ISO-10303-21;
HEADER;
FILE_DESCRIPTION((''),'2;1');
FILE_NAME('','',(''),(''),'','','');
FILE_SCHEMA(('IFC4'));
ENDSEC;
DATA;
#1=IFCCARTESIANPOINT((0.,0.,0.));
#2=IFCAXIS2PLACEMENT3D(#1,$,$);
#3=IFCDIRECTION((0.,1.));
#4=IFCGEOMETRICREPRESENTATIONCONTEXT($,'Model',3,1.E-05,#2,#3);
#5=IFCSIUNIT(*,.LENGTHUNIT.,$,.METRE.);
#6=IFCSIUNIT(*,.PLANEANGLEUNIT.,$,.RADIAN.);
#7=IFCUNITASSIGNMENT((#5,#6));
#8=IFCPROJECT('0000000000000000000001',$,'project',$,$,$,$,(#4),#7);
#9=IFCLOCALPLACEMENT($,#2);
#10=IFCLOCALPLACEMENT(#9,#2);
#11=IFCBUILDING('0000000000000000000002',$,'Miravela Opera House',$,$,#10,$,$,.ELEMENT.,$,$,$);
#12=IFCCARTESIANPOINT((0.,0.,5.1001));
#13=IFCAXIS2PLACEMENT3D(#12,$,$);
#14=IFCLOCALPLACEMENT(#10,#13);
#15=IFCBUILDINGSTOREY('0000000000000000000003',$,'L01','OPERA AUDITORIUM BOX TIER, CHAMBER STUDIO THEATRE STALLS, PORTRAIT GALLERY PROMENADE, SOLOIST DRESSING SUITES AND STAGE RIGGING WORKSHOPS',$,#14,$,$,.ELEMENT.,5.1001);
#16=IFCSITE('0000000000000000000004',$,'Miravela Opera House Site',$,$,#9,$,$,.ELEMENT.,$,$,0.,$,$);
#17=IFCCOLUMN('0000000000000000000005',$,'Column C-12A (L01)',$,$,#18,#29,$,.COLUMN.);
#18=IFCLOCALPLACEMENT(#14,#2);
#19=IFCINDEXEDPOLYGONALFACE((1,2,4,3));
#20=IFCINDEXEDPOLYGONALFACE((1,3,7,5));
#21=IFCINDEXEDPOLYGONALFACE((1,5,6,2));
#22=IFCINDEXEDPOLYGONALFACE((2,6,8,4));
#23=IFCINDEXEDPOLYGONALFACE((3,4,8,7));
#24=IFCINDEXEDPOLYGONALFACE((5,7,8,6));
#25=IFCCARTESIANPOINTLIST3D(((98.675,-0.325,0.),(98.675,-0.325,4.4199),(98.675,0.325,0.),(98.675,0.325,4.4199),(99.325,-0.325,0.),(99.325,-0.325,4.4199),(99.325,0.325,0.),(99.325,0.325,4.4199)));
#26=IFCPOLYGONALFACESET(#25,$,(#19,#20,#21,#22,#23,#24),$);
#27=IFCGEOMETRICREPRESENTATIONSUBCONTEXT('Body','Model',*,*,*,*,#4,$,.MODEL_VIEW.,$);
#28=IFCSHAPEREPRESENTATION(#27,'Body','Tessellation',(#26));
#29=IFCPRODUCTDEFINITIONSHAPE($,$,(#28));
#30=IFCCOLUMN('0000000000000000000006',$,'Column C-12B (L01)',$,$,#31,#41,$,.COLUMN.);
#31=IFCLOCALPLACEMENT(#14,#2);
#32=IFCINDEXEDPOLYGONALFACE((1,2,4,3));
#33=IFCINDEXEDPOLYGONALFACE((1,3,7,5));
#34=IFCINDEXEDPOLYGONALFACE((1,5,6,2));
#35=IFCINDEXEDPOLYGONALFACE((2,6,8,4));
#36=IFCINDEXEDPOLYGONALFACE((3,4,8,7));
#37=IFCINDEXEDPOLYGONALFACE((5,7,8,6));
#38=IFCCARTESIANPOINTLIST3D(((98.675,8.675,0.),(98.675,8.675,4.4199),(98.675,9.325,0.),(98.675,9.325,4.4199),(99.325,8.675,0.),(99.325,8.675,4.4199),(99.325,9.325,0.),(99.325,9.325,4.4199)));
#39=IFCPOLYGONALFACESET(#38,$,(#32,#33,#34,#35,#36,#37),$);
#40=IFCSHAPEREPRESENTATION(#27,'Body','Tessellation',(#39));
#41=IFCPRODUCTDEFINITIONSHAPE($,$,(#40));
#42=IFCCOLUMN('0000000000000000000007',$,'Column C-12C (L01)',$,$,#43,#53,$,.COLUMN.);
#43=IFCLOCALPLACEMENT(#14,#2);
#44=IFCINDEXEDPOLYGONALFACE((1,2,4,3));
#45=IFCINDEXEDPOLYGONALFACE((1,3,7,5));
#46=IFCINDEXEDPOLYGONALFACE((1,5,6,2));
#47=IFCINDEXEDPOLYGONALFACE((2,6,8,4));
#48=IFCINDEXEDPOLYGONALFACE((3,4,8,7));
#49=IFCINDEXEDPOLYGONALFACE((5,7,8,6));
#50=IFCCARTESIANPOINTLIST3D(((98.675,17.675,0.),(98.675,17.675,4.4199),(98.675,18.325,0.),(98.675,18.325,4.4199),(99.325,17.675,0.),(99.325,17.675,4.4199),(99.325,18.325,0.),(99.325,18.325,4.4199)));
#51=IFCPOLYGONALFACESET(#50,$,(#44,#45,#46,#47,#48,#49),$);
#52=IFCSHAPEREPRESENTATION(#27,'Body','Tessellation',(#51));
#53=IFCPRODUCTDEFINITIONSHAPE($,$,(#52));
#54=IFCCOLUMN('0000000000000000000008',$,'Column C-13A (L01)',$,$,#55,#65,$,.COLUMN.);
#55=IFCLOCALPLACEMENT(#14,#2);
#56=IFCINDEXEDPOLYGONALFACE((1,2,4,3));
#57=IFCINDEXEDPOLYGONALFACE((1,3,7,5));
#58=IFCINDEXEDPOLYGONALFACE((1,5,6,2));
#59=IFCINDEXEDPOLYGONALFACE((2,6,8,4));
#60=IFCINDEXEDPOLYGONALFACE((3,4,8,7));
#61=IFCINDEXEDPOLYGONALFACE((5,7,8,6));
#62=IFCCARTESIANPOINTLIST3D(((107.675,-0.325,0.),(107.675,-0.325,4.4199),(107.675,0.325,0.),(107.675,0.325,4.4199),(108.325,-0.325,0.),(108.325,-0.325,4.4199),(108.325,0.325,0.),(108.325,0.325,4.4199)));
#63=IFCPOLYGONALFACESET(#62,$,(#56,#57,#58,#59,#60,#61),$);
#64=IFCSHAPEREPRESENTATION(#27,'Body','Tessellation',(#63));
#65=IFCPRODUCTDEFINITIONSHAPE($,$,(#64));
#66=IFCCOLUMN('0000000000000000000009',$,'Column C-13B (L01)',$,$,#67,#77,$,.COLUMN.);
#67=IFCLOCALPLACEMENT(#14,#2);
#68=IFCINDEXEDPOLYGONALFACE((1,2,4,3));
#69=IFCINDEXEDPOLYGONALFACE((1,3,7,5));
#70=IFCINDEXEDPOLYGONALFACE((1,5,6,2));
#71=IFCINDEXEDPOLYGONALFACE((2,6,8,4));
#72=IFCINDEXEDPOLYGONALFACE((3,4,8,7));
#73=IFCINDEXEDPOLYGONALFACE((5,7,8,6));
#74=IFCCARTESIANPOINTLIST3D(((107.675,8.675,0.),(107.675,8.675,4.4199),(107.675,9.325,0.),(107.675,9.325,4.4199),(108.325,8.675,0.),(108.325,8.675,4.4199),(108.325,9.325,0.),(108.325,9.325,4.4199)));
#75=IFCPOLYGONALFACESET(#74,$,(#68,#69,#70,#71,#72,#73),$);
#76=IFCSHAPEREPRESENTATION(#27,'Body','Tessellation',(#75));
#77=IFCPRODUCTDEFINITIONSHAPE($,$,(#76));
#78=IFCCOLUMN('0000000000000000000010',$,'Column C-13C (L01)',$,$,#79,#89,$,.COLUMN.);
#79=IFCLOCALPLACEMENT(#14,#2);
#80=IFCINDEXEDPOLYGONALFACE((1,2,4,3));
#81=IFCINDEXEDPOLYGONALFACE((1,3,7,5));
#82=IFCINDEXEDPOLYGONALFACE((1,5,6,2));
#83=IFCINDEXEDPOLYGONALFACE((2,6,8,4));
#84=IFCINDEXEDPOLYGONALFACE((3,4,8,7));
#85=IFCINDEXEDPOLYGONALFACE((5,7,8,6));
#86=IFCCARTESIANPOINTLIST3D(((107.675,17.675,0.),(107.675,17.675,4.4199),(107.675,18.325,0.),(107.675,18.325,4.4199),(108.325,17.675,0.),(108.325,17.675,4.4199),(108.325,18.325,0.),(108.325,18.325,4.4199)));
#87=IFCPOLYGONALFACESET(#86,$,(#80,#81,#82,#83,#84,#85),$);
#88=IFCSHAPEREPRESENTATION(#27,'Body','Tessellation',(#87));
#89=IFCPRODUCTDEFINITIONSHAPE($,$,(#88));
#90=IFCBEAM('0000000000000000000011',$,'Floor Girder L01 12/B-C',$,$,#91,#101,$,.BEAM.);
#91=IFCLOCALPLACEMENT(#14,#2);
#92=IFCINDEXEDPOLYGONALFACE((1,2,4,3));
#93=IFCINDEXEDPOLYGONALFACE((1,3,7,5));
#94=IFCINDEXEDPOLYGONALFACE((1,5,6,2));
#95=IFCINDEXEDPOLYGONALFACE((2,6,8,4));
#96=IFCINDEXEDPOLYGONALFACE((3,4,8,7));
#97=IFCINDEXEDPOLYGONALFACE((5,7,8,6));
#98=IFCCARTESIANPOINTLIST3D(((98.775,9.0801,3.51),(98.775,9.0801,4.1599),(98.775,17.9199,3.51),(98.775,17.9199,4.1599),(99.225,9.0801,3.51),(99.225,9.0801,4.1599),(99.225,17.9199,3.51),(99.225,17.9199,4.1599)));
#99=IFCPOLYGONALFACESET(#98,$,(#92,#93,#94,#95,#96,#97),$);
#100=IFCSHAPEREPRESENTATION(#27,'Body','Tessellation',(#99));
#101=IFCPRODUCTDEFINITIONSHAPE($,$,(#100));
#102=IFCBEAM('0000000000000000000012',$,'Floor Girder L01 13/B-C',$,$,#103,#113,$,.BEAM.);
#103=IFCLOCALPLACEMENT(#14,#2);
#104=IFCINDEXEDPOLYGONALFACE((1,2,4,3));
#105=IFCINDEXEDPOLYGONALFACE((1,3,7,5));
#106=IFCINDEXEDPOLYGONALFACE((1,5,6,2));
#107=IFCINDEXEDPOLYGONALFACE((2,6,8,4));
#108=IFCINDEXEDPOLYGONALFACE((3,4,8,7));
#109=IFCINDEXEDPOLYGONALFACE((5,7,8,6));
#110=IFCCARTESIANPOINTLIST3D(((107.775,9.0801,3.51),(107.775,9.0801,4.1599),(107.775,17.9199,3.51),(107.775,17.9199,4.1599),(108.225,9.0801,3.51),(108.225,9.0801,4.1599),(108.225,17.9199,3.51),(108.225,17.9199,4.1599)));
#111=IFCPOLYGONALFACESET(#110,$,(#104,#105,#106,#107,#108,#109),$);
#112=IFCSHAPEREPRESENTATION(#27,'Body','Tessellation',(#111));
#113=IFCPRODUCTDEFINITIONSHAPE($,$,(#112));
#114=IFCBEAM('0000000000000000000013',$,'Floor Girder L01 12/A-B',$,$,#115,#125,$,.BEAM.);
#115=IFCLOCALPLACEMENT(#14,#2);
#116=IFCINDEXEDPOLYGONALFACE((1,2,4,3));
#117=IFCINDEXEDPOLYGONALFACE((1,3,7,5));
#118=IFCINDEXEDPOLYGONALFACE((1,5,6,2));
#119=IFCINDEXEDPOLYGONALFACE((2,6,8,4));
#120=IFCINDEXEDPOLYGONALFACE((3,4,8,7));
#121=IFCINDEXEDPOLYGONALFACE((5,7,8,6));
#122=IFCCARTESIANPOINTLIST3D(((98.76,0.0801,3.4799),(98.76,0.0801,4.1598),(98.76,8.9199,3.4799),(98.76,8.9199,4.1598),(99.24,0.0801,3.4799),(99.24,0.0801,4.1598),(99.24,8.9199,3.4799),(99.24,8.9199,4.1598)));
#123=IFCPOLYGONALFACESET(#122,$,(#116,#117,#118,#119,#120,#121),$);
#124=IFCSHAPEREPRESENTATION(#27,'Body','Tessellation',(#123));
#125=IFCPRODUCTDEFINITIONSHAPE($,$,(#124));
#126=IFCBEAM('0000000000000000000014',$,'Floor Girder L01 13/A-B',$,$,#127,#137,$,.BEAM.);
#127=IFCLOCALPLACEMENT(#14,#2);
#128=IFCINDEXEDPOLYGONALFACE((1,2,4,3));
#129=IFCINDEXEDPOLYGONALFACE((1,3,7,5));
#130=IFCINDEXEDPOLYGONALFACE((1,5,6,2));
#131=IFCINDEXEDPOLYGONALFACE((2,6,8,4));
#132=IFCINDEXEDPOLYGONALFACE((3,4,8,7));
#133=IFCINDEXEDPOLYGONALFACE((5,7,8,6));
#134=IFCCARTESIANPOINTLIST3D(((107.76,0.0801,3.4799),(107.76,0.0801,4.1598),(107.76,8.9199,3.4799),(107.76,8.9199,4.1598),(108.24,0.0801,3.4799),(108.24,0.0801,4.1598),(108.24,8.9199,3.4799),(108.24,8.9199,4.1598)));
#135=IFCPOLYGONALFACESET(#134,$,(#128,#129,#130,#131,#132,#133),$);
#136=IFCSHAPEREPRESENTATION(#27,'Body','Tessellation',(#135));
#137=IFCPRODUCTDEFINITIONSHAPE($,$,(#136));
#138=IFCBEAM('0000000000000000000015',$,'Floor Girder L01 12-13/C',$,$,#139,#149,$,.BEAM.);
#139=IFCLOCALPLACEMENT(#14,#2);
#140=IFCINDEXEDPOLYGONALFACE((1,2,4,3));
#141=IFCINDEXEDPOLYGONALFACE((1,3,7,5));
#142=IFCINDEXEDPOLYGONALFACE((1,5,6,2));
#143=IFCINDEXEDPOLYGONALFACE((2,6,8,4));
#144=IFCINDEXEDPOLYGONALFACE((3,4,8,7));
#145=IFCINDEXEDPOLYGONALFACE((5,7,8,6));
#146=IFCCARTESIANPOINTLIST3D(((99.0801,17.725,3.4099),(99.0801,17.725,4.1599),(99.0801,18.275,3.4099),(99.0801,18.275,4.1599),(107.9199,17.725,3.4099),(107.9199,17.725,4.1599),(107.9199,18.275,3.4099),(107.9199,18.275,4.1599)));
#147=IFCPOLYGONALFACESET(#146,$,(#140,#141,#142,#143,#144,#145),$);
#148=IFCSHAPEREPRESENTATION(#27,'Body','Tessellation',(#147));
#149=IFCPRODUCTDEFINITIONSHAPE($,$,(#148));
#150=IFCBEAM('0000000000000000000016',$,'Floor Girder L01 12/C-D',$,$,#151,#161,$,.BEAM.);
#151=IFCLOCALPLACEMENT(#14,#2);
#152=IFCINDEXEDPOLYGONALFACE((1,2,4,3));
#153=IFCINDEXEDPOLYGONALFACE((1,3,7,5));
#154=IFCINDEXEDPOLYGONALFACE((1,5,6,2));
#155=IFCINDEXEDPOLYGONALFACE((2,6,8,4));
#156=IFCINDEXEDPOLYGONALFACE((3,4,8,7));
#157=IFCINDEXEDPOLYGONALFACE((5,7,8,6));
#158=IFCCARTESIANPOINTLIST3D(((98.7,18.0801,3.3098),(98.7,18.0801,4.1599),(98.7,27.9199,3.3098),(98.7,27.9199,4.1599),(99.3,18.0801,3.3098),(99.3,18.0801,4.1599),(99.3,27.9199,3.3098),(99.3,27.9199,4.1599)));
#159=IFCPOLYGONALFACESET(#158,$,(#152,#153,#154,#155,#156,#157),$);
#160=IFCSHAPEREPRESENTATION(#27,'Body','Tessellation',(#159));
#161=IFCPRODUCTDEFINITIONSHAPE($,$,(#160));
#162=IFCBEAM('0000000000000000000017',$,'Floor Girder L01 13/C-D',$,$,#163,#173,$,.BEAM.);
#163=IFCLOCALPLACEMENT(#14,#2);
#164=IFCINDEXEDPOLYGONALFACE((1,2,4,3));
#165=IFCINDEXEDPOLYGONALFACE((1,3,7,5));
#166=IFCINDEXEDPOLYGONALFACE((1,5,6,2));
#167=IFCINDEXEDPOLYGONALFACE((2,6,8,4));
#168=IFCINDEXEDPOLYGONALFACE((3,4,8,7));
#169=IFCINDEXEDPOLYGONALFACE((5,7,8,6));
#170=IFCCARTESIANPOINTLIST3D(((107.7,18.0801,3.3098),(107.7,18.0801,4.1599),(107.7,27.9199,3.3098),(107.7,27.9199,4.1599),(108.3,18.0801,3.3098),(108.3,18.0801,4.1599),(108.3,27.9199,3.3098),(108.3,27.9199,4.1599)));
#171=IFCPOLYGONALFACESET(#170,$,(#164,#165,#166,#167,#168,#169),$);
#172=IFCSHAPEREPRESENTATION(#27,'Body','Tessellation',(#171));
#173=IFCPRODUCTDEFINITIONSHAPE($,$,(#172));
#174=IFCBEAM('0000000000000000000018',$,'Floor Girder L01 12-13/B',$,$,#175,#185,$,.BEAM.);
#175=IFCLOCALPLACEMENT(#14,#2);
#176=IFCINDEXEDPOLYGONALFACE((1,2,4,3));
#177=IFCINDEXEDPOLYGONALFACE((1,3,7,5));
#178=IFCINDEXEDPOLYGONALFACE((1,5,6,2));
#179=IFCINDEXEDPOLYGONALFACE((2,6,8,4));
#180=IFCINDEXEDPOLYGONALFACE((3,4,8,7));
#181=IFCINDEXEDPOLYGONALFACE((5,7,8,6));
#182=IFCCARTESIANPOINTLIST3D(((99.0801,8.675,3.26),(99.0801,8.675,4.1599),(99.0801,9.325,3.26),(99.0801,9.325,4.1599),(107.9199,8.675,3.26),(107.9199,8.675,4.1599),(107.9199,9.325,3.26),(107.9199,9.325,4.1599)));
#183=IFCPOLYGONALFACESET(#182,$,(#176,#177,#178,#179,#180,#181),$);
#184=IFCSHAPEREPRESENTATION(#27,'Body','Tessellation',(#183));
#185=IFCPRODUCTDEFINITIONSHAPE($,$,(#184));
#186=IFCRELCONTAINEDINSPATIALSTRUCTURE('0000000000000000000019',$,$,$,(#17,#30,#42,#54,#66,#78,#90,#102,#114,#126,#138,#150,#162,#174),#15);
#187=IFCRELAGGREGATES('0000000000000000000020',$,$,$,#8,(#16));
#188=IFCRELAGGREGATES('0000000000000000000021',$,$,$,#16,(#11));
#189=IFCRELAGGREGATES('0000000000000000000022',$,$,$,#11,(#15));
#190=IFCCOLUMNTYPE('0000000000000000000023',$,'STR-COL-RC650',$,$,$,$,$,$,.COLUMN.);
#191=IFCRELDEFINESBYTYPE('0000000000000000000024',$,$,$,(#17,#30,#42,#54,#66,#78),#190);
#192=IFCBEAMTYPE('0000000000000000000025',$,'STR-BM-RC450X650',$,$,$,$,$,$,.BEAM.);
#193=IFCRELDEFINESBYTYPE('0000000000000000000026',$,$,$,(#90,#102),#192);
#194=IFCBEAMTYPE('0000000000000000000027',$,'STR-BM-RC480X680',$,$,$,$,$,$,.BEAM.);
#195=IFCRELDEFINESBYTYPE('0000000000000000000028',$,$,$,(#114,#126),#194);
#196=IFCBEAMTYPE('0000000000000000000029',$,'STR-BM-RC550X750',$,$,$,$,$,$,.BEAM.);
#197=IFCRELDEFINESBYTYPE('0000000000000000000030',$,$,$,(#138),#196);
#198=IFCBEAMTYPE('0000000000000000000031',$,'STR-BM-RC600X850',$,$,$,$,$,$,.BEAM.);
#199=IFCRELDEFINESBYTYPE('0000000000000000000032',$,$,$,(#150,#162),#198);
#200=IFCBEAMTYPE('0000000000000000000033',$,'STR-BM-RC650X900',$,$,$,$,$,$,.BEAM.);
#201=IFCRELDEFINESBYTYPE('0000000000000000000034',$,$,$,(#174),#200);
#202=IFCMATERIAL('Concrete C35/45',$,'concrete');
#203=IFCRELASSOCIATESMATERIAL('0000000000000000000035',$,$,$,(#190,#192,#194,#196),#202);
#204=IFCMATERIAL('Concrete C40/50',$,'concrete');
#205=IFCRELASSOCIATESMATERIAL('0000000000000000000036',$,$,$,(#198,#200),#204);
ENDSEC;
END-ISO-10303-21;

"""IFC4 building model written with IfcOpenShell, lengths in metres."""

from ifc_helpers import new_model, si_unit, direction, frame, origin, origin_2d, place, context, subcontext, project, spatial, rectangle, extrude, material, material_profile, profile_set, type_object, element, save


model = new_model("IFC4")

# Units and contexts
model_context = context("Model", 3, precision=1e-05, world=origin(), true_north=direction((0.0, 1.0)))
body_context = subcontext(model_context, "Body", "Model", "MODEL_VIEW")
ifc_project = project(units=[si_unit("LENGTHUNIT", "METRE"), si_unit("PLANEANGLEUNIT", "RADIAN")], contexts=[model_context])

# Site, building, storey
site_placement = place(None, origin())
site = spatial("IfcSite", under=ifc_project, at=site_placement, Name="Miravela Opera House Site", CompositionType="ELEMENT", RefElevation=0.0)
building_placement = place(site_placement, origin())
building = spatial("IfcBuilding", under=site, at=building_placement, Name="Miravela Opera House", CompositionType="ELEMENT")
storey_placement = place(building_placement, frame((0.0, 0.0, 5.1001)))
storey = spatial("IfcBuildingStorey", under=building, at=storey_placement, Name="L01", Description="OPERA AUDITORIUM BOX TIER, CHAMBER STUDIO THEATRE STALLS, PORTRAIT GALLERY PROMENADE, SOLOIST DRESSING SUITES AND STAGE RIGGING WORKSHOPS", CompositionType="ELEMENT", Elevation=5.1001)

# Columns
ifc_material_1 = material(Name="Concrete C35/45", Category="concrete")
ifc_material_profile_1 = material_profile(ifc_material_1, rectangle(XDim=0.6499, YDim=0.6499, at=origin_2d()), Name="RC-COL-650X650")
ifc_profile_set_1 = profile_set([ifc_material_profile_1])
column_type = type_object("IfcColumnType", Name="STR-COL-RC650", PredefinedType="COLUMN", material=ifc_profile_set_1)
for number, where, z_axis, x_axis, name in (
    (1, (99.0, 0.0, 0.0), (0.0, 0.0, 1.0), (1.0, 0.0, 0.0), "Column C-12A (L01)"),
    (2, (99.0, 9.0, 0.0), (0.0, 0.0, 1.0), (1.0, 0.0, 0.0), "Column C-12B (L01)"),
    (3, (99.0, 18.0, 0.0), (0.0, 0.0, 1.0), (1.0, 0.0, 0.0), "Column C-12C (L01)"),
    (4, (108.0, 0.0, 0.0), (0.0, 0.0, 1.0), (1.0, 0.0, 0.0), "Column C-13A (L01)"),
    (5, (108.0, 9.0, 0.0), (0.0, 0.0, 1.0), (1.0, 0.0, 0.0), "Column C-13B (L01)"),
    (6, (108.0, 18.0, 0.0), (0.0, 0.0, 1.0), (1.0, 0.0, 0.0), "Column C-13C (L01)"),
):
    element("IfcColumn", number, at=place(storey_placement, frame(where, z_axis=z_axis, x_axis=x_axis)), inside=storey, type_object=column_type, Name=name, PredefinedType="COLUMN", context=body_context, shape_type="SweptSolid", body=[
        extrude(rectangle(XDim=0.6499, YDim=0.6499, at=origin_2d()), origin(), (0.0, 0.0, 1.0), 4.4199),
    ])

# Beams
ifc_material_profile_2 = material_profile(ifc_material_1, rectangle(XDim=0.45, YDim=0.6499, at=origin_2d()), Name="RC-BM-450X650")
ifc_profile_set_2 = profile_set([ifc_material_profile_2])
beam_type_1 = type_object("IfcBeamType", Name="STR-BM-RC450X650", PredefinedType="BEAM", material=ifc_profile_set_2)
for number, where, z_axis, x_axis, name in (
    (7, (99.0, 9.0801, 3.835), (0.0, 1.0, 0.0), (-1.0, 0.0, 0.0), "Floor Girder L01 12/B-C"),
    (8, (108.0, 9.0801, 3.835), (0.0, 1.0, 0.0), (-1.0, 0.0, 0.0), "Floor Girder L01 13/B-C"),
):
    element("IfcBeam", number, at=place(storey_placement, frame(where, z_axis=z_axis, x_axis=x_axis)), inside=storey, type_object=beam_type_1, Name=name, PredefinedType="BEAM", context=body_context, shape_type="SweptSolid", body=[
        extrude(rectangle(XDim=0.45, YDim=0.6499, at=origin_2d()), origin(), (0.0, 0.0, 1.0), 8.8398),
    ])
ifc_material_profile_3 = material_profile(ifc_material_1, rectangle(XDim=0.48, YDim=0.6799, at=origin_2d()), Name="RC-BM-480X680")
ifc_profile_set_3 = profile_set([ifc_material_profile_3])
beam_type_2 = type_object("IfcBeamType", Name="STR-BM-RC480X680", PredefinedType="BEAM", material=ifc_profile_set_3)
for number, where, z_axis, x_axis, name in (
    (9, (99.0, 0.0801, 3.8198), (0.0, 1.0, 0.0), (-1.0, 0.0, 0.0), "Floor Girder L01 12/A-B"),
    (10, (108.0, 0.0801, 3.8198), (0.0, 1.0, 0.0), (-1.0, 0.0, 0.0), "Floor Girder L01 13/A-B"),
):
    element("IfcBeam", number, at=place(storey_placement, frame(where, z_axis=z_axis, x_axis=x_axis)), inside=storey, type_object=beam_type_2, Name=name, PredefinedType="BEAM", context=body_context, shape_type="SweptSolid", body=[
        extrude(rectangle(XDim=0.48, YDim=0.6799, at=origin_2d()), origin(), (0.0, 0.0, 1.0), 8.8398),
    ])
ifc_material_profile_4 = material_profile(ifc_material_1, rectangle(XDim=0.55, YDim=0.75, at=origin_2d()), Name="RC-BM-550X750")
ifc_profile_set_4 = profile_set([ifc_material_profile_4])
beam_type_3 = type_object("IfcBeamType", Name="STR-BM-RC550X750", PredefinedType="BEAM", material=ifc_profile_set_4)
beam_1_placement = place(storey_placement, frame((99.0801, 18.0, 3.7849), z_axis=(1.0, 0.0, 0.0), x_axis=(0.0, 1.0, 0.0)))
element("IfcBeam", 11, at=beam_1_placement, inside=storey, type_object=beam_type_3, Name="Floor Girder L01 12-13/C", PredefinedType="BEAM", context=body_context, shape_type="SweptSolid", body=[
    extrude(rectangle(XDim=0.55, YDim=0.75, at=origin_2d()), origin(), (0.0, 0.0, 1.0), 8.8398),
])
ifc_material_2 = material(Name="Concrete C40/50", Category="concrete")
ifc_material_profile_5 = material_profile(ifc_material_2, rectangle(XDim=0.6001, YDim=0.8501, at=origin_2d()), Name="RC-BM-600X850")
ifc_profile_set_5 = profile_set([ifc_material_profile_5])
beam_type_4 = type_object("IfcBeamType", Name="STR-BM-RC600X850", PredefinedType="BEAM", material=ifc_profile_set_5)
for number, where, z_axis, x_axis, name in (
    (12, (99.0, 18.0801, 3.7349), (0.0, 1.0, 0.0), (-1.0, 0.0, 0.0), "Floor Girder L01 12/C-D"),
    (13, (108.0, 18.0801, 3.7349), (0.0, 1.0, 0.0), (-1.0, 0.0, 0.0), "Floor Girder L01 13/C-D"),
):
    element("IfcBeam", number, at=place(storey_placement, frame(where, z_axis=z_axis, x_axis=x_axis)), inside=storey, type_object=beam_type_4, Name=name, PredefinedType="BEAM", context=body_context, shape_type="SweptSolid", body=[
        extrude(rectangle(XDim=0.6001, YDim=0.8501, at=origin_2d()), origin(), (0.0, 0.0, 1.0), 9.8398),
    ])
ifc_material_profile_6 = material_profile(ifc_material_2, rectangle(XDim=0.6499, YDim=0.8999, at=origin_2d()), Name="RC-BM-650X900")
ifc_profile_set_6 = profile_set([ifc_material_profile_6])
beam_type_5 = type_object("IfcBeamType", Name="STR-BM-RC650X900", PredefinedType="BEAM", material=ifc_profile_set_6)
beam_2_placement = place(storey_placement, frame((99.0801, 9.0, 3.71), z_axis=(1.0, 0.0, 0.0), x_axis=(0.0, 1.0, 0.0)))
element("IfcBeam", 14, at=beam_2_placement, inside=storey, type_object=beam_type_5, Name="Floor Girder L01 12-13/B", PredefinedType="BEAM", context=body_context, shape_type="SweptSolid", body=[
    extrude(rectangle(XDim=0.6499, YDim=0.8999, at=origin_2d()), origin(), (0.0, 0.0, 1.0), 8.8398),
])

save(model, "model.ifc")
